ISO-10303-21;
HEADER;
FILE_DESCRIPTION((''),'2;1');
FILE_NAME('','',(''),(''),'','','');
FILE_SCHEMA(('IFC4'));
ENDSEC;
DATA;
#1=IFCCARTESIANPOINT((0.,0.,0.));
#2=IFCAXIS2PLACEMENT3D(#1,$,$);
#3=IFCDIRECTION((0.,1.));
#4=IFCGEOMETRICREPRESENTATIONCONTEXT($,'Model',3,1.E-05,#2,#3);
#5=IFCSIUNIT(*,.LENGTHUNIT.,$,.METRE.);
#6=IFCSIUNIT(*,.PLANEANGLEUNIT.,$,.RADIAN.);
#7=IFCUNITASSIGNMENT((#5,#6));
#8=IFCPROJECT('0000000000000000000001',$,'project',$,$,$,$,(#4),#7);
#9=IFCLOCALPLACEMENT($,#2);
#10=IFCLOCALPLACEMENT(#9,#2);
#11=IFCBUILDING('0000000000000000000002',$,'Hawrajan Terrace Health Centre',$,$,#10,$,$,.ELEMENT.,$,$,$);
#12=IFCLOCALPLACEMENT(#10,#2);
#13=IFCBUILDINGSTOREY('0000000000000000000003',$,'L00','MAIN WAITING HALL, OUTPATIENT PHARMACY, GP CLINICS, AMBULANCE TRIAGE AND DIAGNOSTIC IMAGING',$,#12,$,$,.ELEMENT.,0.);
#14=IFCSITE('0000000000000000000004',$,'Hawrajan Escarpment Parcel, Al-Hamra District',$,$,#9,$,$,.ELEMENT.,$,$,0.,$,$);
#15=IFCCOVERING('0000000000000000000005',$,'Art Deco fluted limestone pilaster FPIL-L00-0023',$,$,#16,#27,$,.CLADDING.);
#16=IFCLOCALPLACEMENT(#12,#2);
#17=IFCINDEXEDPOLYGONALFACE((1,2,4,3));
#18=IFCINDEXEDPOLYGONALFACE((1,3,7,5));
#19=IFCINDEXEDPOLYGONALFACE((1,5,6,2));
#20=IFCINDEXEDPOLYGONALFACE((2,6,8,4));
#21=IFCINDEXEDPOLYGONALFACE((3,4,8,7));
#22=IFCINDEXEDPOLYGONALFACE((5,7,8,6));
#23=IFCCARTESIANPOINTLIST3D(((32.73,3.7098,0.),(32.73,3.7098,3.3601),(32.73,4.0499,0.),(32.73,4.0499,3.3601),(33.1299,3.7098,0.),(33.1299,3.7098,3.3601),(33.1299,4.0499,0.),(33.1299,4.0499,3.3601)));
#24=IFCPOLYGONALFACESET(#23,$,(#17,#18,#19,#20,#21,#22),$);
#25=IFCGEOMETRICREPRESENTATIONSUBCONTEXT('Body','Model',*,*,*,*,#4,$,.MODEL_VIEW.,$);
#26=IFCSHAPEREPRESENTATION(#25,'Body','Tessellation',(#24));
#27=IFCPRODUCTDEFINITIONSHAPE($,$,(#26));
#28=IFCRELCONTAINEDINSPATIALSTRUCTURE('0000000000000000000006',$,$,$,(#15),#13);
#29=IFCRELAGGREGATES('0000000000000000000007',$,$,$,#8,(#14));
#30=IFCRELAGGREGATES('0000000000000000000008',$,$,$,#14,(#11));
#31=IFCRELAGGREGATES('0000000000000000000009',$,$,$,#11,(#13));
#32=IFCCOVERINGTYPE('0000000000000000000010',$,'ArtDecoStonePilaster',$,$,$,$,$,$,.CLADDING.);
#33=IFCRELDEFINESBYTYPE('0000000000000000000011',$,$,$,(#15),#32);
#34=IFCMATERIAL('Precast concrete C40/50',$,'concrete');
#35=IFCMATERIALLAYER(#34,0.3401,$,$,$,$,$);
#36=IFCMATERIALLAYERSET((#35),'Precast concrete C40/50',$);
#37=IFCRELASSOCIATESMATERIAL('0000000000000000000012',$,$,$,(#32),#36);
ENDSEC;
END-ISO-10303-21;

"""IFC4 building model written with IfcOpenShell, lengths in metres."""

from ifc_helpers import new_model, si_unit, direction, frame, origin, origin_2d, place, context, subcontext, project, spatial, rectangle, extrude, material, layer, layer_set, type_object, element, save


model = new_model("IFC4")

# Units and contexts
model_context = context("Model", 3, precision=1e-05, world=origin(), true_north=direction((0.0, 1.0)))
body_context = subcontext(model_context, "Body", "Model", "MODEL_VIEW")
ifc_project = project(units=[si_unit("LENGTHUNIT", "METRE"), si_unit("PLANEANGLEUNIT", "RADIAN")], contexts=[model_context])

# Site, building, storey
site_placement = place(None, origin())
site = spatial("IfcSite", under=ifc_project, at=site_placement, Name="Hawrajan Escarpment Parcel, Al-Hamra District", CompositionType="ELEMENT", RefElevation=0.0)
building_placement = place(site_placement, origin())
building = spatial("IfcBuilding", under=site, at=building_placement, Name="Hawrajan Terrace Health Centre", CompositionType="ELEMENT")
storey_placement = place(building_placement, origin())
storey = spatial("IfcBuildingStorey", under=building, at=storey_placement, Name="L00", Description="MAIN WAITING HALL, OUTPATIENT PHARMACY, GP CLINICS, AMBULANCE TRIAGE AND DIAGNOSTIC IMAGING", CompositionType="ELEMENT", Elevation=0.0)

# Covering
ifc_material_1 = material(Name="Precast concrete C40/50", Category="concrete")
ifc_layer_1 = layer(ifc_material_1, 0.3401)
ifc_layer_set_1 = layer_set([ifc_layer_1], Name="Precast concrete C40/50")
covering_type_1 = type_object("IfcCoveringType", Name="ArtDecoStonePilaster", PredefinedType="CLADDING", material=ifc_layer_set_1)
covering_1_placement = place(storey_placement, frame((32.9299, 3.8799, 0.0), z_axis=(0.0, 0.0, 1.0), x_axis=(1.0, 0.0, 0.0)))
element("IfcCovering", 1, at=covering_1_placement, inside=storey, type_object=covering_type_1, Name="Art Deco fluted limestone pilaster FPIL-L00-0023", PredefinedType="CLADDING", context=body_context, shape_type="SweptSolid", body=[
    extrude(rectangle(XDim=0.3999, YDim=0.3401, at=origin_2d()), origin(), (0.0, 0.0, 1.0), 3.3601),
])

save(model, "model.ifc")
